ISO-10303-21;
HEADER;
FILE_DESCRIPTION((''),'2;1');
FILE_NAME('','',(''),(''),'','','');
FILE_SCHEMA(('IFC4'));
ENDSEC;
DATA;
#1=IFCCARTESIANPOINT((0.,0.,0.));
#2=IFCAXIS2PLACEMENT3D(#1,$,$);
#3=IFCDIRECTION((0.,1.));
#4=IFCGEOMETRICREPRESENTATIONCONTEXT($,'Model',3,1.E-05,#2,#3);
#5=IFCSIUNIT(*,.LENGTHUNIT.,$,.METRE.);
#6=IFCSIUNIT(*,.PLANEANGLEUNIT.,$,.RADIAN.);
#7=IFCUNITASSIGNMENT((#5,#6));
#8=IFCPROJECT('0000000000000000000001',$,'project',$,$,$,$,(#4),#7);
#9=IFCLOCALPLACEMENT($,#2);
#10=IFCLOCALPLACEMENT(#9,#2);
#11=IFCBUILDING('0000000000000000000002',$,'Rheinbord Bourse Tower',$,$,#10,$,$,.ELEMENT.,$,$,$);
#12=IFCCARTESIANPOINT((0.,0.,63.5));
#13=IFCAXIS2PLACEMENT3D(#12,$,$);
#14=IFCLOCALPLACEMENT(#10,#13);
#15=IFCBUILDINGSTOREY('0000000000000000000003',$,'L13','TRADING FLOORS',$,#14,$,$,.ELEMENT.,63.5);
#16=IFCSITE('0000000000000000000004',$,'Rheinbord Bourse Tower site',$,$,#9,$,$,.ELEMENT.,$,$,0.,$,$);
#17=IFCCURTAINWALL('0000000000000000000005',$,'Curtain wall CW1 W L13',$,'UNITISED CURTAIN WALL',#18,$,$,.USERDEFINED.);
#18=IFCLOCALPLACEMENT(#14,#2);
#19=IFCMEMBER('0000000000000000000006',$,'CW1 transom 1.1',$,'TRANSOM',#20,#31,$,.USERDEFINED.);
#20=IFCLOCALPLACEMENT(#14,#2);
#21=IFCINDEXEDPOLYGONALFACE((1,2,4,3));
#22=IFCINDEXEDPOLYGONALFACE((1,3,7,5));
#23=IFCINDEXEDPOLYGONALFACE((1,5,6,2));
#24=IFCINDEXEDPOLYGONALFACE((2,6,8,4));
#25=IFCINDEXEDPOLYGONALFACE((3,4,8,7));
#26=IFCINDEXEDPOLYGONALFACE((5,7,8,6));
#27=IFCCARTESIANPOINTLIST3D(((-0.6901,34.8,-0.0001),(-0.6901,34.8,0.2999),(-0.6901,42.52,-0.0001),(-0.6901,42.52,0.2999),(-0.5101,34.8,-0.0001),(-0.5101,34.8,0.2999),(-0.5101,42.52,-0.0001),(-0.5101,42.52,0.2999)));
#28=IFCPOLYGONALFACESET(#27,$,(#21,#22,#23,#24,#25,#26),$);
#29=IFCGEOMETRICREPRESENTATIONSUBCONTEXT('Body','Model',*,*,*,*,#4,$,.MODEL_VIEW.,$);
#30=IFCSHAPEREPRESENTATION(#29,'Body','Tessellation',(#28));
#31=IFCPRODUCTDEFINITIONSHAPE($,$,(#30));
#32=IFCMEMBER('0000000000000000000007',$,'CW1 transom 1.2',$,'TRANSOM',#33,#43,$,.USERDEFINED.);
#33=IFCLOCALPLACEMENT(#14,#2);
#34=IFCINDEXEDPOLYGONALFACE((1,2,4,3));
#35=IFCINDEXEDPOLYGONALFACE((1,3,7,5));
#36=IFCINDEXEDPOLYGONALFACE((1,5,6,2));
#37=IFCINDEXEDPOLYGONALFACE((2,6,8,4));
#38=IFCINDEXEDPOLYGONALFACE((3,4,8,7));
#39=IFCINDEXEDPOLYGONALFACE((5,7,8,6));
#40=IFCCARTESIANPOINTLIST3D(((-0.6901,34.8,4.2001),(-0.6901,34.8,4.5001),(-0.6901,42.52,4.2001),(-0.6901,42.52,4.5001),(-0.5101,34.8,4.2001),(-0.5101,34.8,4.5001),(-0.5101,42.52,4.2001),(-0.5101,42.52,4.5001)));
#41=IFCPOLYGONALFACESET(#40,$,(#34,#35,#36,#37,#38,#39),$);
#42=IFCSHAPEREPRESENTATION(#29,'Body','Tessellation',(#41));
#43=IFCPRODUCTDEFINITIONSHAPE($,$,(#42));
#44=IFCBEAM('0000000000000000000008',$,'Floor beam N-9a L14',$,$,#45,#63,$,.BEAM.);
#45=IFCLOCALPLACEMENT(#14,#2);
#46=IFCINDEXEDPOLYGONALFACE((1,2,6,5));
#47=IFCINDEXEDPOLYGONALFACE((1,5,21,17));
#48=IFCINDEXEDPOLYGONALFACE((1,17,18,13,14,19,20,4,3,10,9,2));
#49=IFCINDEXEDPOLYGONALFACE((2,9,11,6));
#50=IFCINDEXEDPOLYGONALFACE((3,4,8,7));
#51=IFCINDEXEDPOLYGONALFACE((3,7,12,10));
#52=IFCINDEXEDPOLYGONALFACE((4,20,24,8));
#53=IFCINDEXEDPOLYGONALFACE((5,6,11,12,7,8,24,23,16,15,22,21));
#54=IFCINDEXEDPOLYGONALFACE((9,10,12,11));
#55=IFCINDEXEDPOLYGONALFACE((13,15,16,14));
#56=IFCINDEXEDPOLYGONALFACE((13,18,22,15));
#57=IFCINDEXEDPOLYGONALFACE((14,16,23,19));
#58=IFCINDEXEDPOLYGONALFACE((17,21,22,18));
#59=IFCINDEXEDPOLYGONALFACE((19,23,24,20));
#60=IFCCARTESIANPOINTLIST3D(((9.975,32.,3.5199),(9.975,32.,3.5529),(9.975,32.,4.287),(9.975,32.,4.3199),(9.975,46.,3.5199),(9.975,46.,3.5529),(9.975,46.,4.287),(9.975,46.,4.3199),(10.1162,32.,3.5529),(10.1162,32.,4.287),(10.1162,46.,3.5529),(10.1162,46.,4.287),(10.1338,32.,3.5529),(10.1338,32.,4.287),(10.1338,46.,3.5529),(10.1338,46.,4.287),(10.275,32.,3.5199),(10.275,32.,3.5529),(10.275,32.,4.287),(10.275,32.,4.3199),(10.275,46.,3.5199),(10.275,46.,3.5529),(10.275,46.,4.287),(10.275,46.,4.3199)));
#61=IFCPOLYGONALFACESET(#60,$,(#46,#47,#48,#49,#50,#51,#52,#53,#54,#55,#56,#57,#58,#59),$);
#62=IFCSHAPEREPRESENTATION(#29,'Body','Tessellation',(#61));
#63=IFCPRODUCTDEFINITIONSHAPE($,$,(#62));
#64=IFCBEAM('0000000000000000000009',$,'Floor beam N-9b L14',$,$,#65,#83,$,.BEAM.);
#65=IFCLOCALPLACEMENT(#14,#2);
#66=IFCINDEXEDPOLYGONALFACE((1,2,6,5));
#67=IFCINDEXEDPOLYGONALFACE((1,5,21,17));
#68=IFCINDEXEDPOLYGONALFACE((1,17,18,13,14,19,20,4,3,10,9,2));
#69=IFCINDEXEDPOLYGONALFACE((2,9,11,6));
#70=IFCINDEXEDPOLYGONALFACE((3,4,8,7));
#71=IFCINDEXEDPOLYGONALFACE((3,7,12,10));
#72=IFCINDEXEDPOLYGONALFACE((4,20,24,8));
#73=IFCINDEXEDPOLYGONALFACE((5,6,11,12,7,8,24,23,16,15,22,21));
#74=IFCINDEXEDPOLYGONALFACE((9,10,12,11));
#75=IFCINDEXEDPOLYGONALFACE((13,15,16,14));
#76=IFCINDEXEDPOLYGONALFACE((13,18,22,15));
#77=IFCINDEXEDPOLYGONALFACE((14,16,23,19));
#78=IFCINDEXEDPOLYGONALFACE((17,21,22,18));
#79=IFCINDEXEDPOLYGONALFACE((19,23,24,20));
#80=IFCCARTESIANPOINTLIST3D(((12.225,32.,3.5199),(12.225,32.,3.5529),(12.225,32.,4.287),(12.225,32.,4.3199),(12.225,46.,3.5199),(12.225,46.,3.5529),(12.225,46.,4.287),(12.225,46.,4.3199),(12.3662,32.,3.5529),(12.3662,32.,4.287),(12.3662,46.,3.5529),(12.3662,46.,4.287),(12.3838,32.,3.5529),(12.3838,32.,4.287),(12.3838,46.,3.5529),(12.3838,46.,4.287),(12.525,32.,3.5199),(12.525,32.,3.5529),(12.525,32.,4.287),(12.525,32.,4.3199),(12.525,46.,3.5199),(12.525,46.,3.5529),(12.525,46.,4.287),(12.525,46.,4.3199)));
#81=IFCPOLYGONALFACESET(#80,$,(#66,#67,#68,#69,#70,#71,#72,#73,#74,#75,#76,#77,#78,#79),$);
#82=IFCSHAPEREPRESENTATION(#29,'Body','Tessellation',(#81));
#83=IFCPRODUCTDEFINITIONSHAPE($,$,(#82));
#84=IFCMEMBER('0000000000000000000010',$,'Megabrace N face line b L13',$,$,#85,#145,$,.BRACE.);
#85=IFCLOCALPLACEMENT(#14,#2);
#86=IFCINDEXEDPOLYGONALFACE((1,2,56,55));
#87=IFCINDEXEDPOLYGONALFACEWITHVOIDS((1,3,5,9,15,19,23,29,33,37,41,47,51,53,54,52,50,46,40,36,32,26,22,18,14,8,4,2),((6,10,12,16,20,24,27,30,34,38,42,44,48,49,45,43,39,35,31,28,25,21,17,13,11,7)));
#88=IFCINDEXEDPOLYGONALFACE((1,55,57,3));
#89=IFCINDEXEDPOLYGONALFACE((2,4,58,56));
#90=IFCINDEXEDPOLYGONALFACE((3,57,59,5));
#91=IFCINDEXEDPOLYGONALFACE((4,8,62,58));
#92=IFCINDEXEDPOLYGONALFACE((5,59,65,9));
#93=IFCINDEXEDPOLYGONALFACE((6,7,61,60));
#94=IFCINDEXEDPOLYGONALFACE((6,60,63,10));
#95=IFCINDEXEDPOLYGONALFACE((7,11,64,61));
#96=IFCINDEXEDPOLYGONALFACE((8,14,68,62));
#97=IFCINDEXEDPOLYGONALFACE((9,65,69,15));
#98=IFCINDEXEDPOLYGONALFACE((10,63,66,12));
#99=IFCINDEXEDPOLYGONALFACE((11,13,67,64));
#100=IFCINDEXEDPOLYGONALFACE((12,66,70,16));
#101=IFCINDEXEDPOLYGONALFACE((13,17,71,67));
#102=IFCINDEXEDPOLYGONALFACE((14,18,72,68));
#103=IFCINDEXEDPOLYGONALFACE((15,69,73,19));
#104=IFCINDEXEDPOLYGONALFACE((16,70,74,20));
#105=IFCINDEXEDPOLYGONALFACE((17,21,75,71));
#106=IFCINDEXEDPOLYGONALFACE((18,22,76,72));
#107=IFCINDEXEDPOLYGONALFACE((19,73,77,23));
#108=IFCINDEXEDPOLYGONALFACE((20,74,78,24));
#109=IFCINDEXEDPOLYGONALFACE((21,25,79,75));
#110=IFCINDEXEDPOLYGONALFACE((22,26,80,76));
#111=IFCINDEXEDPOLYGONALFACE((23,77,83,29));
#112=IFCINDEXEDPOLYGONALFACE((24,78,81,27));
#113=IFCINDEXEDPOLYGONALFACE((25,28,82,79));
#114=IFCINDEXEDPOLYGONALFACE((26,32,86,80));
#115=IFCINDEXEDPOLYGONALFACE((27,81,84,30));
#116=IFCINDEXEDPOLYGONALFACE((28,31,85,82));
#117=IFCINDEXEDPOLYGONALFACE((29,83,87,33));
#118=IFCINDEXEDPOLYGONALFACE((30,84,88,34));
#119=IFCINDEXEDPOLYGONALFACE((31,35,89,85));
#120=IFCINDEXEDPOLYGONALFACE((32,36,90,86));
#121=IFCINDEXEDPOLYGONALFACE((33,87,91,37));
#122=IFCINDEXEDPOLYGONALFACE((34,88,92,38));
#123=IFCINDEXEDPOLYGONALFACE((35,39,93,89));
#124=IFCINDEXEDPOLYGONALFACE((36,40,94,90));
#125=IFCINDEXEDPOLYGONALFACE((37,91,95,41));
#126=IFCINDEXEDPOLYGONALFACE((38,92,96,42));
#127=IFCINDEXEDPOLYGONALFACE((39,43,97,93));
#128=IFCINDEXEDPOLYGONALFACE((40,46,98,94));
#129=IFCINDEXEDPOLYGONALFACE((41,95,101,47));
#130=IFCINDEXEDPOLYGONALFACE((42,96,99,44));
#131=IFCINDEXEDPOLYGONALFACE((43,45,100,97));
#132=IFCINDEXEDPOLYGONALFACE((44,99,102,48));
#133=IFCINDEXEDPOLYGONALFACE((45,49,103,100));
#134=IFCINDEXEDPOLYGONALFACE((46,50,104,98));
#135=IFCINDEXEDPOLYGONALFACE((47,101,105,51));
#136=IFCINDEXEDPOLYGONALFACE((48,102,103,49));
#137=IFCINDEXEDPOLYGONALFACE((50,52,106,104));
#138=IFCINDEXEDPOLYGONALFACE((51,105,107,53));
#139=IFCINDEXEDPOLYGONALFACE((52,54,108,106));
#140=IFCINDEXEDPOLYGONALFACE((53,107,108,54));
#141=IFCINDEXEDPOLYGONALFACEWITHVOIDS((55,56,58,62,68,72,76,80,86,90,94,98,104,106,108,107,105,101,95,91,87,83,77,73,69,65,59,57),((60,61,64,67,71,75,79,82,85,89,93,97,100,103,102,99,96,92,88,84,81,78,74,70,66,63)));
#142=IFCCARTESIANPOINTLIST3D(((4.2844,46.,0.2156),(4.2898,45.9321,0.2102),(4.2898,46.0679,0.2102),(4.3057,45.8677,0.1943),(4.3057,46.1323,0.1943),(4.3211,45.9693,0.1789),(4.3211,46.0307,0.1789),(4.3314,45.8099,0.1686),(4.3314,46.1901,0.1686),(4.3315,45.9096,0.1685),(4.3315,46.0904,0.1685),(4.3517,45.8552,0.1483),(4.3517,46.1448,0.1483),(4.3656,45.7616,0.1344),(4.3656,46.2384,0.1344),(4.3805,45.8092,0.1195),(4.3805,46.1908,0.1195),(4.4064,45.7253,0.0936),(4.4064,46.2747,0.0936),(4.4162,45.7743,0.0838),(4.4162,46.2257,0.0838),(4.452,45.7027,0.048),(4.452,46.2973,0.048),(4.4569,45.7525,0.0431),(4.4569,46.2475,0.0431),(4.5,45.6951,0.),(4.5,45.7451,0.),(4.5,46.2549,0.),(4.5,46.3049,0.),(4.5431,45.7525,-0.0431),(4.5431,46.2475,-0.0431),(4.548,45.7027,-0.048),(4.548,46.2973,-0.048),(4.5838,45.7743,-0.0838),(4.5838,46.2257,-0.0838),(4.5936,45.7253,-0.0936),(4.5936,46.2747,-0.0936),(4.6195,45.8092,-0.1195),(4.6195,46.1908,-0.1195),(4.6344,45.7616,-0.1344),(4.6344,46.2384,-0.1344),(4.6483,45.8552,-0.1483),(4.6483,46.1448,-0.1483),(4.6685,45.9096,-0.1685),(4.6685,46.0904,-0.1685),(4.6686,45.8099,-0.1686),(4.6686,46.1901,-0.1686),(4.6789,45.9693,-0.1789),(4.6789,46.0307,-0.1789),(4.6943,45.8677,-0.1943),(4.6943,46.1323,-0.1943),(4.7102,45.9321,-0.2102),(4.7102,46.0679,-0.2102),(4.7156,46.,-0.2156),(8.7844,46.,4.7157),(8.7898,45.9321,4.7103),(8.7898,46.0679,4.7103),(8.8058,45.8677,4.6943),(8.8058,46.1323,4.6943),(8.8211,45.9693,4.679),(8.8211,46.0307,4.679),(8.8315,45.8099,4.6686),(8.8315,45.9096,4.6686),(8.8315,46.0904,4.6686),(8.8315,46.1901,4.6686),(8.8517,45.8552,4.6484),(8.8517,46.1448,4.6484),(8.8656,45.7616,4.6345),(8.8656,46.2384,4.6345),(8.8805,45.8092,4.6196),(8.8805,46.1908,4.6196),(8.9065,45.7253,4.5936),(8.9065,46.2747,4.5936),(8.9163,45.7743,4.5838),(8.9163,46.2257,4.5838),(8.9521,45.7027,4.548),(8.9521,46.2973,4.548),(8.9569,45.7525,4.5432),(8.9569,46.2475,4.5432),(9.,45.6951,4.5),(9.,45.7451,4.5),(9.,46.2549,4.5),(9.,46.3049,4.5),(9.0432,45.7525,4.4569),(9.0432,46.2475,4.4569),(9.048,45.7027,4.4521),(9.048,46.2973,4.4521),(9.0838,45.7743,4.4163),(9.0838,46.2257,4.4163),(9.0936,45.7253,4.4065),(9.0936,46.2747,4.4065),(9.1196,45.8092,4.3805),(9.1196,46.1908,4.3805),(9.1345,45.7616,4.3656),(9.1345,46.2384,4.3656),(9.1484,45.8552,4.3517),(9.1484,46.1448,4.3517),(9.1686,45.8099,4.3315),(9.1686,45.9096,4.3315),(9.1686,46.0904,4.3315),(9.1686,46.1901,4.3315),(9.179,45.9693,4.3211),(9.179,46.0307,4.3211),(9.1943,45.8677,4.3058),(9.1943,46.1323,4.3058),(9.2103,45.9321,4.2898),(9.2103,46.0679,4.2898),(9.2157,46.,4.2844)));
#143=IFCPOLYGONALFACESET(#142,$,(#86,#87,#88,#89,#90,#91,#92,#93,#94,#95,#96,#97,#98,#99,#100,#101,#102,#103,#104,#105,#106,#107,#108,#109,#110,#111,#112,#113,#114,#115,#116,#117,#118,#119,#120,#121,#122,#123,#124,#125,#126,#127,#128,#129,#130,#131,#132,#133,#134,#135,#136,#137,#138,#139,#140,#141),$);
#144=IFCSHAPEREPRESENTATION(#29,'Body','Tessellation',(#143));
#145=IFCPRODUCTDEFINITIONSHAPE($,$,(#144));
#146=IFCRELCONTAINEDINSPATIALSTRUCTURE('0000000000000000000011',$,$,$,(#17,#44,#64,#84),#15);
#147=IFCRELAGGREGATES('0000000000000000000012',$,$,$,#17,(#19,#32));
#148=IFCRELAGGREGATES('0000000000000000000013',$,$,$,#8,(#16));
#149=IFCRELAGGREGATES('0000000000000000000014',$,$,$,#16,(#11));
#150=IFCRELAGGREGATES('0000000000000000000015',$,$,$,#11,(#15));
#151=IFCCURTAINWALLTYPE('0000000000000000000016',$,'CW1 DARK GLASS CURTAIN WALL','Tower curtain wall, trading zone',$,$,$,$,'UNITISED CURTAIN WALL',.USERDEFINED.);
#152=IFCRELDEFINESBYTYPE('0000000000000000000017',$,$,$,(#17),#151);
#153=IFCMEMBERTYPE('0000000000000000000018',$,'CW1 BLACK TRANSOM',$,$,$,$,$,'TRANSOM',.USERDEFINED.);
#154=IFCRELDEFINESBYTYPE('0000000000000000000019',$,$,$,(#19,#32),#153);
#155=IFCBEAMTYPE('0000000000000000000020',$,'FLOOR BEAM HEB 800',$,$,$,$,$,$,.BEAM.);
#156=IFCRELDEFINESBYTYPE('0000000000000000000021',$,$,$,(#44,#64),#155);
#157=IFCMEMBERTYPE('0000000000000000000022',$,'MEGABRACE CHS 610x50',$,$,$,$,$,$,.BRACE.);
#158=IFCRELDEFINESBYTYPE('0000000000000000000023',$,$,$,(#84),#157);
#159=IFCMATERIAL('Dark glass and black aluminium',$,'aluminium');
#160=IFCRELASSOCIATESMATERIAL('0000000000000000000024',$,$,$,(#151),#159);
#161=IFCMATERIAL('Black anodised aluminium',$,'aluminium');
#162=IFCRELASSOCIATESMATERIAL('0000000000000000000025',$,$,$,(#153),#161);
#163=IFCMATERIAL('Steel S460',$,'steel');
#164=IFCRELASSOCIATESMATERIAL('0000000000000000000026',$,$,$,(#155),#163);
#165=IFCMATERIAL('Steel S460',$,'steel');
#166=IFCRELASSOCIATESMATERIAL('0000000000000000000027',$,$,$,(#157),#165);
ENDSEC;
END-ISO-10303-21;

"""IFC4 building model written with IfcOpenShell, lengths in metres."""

from ifc_helpers import new_model, si_unit, direction, frame, origin, origin_2d, place, context, subcontext, project, spatial, rectangle, hollow_circle, i_section, extrude, material, material_profile, profile_set, type_object, element, aggregate, save


model = new_model("IFC4")

# Units and contexts
model_context = context("Model", 3, precision=1e-05, world=origin(), true_north=direction((0.0, 1.0)))
body_context = subcontext(model_context, "Body", "Model", "MODEL_VIEW")
ifc_project = project(units=[si_unit("LENGTHUNIT", "METRE"), si_unit("PLANEANGLEUNIT", "RADIAN")], contexts=[model_context])

# Site, building, storey
site_placement = place(None, origin())
site = spatial("IfcSite", under=ifc_project, at=site_placement, Name="Rheinbord Bourse Tower site", CompositionType="ELEMENT", RefElevation=0.0)
building_placement = place(site_placement, origin())
building = spatial("IfcBuilding", under=site, at=building_placement, Name="Rheinbord Bourse Tower", CompositionType="ELEMENT")
storey_placement = place(building_placement, frame((0.0, 0.0, 63.5)))
storey = spatial("IfcBuildingStorey", under=building, at=storey_placement, Name="L13", Description="TRADING FLOORS", CompositionType="ELEMENT", Elevation=63.5)

# Curtain wall
ifc_material_1 = material(Name="Dark glass and black aluminium", Category="aluminium")
curtain_wall_type = type_object("IfcCurtainWallType", Name="CW1 DARK GLASS CURTAIN WALL", Description="Tower curtain wall, trading zone", ElementType="UNITISED CURTAIN WALL", PredefinedType="USERDEFINED", material=ifc_material_1)
curtain_wall_1_placement = place(storey_placement, origin())
curtain_wall_1 = element("IfcCurtainWall", 1, at=curtain_wall_1_placement, inside=storey, type_object=curtain_wall_type, Name="Curtain wall CW1 W L13", ObjectType="UNITISED CURTAIN WALL", PredefinedType="USERDEFINED")

# Members
ifc_material_2 = material(Name="Black anodised aluminium", Category="aluminium")
ifc_material_profile_1 = material_profile(ifc_material_2, rectangle(XDim=0.1799, YDim=0.3, at=origin_2d()), Name="CW1 TRANSOM 300x180")
ifc_profile_set_1 = profile_set([ifc_material_profile_1], Name="Black anodised aluminium")
member_type_1 = type_object("IfcMemberType", Name="CW1 BLACK TRANSOM", ElementType="TRANSOM", PredefinedType="USERDEFINED", material=ifc_profile_set_1)
member_1_placement = place(storey_placement, frame((-0.6001, 42.52, 0.1499), z_axis=(0.0, -1.0, 0.0), x_axis=(1.0, 0.0, 0.0)))
member_1 = element("IfcMember", 2, at=member_1_placement, type_object=member_type_1, Name="CW1 transom 1.1", ObjectType="TRANSOM", PredefinedType="USERDEFINED", context=body_context, shape_type="SweptSolid", body=[
    extrude(rectangle(XDim=0.1799, YDim=0.3, at=origin_2d()), origin(), (0.0, 0.0, 1.0), 7.72),
])
member_2_placement = place(storey_placement, frame((-0.6001, 42.52, 4.3501), z_axis=(0.0, -1.0, 0.0), x_axis=(1.0, 0.0, 0.0)))
member_2 = element("IfcMember", 3, at=member_2_placement, type_object=member_type_1, Name="CW1 transom 1.2", ObjectType="TRANSOM", PredefinedType="USERDEFINED", context=body_context, shape_type="SweptSolid", body=[
    extrude(rectangle(XDim=0.1799, YDim=0.3, at=origin_2d()), origin(), (0.0, 0.0, 1.0), 7.72),
])

# Beams
ifc_material_3 = material(Name="Steel S460", Category="steel")
ifc_material_profile_2 = material_profile(ifc_material_3, i_section(OverallWidth=0.3, OverallDepth=0.8, WebThickness=0.0176, FlangeThickness=0.033, at=origin_2d()), Name="HEB 800")
ifc_profile_set_2 = profile_set([ifc_material_profile_2], Name="Steel S460")
beam_type_1 = type_object("IfcBeamType", Name="FLOOR BEAM HEB 800", PredefinedType="BEAM", material=ifc_profile_set_2)
for number, where, z_axis, x_axis, name in (
    (4, (10.125, 46.0, 3.9199), (0.0, -1.0, 0.0), (1.0, 0.0, 0.0), "Floor beam N-9a L14"),
    (5, (12.375, 46.0, 3.9199), (0.0, -1.0, 0.0), (1.0, 0.0, 0.0), "Floor beam N-9b L14"),
):
    element("IfcBeam", number, at=place(storey_placement, frame(where, z_axis=z_axis, x_axis=x_axis)), inside=storey, type_object=beam_type_1, Name=name, PredefinedType="BEAM", context=body_context, shape_type="SweptSolid", body=[
        extrude(i_section(OverallWidth=0.3, OverallDepth=0.8, WebThickness=0.0176, FlangeThickness=0.033, at=origin_2d()), origin(), (0.0, 0.0, 1.0), 14.0),
    ])

# Member
ifc_material_4 = material(Name="Steel S460", Category="steel")
ifc_material_profile_3 = material_profile(ifc_material_4, hollow_circle(Radius=0.3049, WallThickness=0.05, at=origin_2d()), Name="CHS 610x50")
ifc_profile_set_3 = profile_set([ifc_material_profile_3], Name="Steel S460")
member_type_2 = type_object("IfcMemberType", Name="MEGABRACE CHS 610x50", PredefinedType="BRACE", material=ifc_profile_set_3)
member_3_placement = place(storey_placement, frame((4.5, 46.0, 0.0), z_axis=(0.707107, 0.0, 0.707107), x_axis=(0.0, 1.0, 0.0)))
element("IfcMember", 6, at=member_3_placement, inside=storey, type_object=member_type_2, Name="Megabrace N face line b L13", PredefinedType="BRACE", context=body_context, shape_type="SweptSolid", body=[
    extrude(hollow_circle(Radius=0.3049, WallThickness=0.05, at=origin_2d()), origin(), (0.0, 0.0, 1.0), 6.364),
])

aggregate(curtain_wall_1, [member_1, member_2])

save(model, "model.ifc")
